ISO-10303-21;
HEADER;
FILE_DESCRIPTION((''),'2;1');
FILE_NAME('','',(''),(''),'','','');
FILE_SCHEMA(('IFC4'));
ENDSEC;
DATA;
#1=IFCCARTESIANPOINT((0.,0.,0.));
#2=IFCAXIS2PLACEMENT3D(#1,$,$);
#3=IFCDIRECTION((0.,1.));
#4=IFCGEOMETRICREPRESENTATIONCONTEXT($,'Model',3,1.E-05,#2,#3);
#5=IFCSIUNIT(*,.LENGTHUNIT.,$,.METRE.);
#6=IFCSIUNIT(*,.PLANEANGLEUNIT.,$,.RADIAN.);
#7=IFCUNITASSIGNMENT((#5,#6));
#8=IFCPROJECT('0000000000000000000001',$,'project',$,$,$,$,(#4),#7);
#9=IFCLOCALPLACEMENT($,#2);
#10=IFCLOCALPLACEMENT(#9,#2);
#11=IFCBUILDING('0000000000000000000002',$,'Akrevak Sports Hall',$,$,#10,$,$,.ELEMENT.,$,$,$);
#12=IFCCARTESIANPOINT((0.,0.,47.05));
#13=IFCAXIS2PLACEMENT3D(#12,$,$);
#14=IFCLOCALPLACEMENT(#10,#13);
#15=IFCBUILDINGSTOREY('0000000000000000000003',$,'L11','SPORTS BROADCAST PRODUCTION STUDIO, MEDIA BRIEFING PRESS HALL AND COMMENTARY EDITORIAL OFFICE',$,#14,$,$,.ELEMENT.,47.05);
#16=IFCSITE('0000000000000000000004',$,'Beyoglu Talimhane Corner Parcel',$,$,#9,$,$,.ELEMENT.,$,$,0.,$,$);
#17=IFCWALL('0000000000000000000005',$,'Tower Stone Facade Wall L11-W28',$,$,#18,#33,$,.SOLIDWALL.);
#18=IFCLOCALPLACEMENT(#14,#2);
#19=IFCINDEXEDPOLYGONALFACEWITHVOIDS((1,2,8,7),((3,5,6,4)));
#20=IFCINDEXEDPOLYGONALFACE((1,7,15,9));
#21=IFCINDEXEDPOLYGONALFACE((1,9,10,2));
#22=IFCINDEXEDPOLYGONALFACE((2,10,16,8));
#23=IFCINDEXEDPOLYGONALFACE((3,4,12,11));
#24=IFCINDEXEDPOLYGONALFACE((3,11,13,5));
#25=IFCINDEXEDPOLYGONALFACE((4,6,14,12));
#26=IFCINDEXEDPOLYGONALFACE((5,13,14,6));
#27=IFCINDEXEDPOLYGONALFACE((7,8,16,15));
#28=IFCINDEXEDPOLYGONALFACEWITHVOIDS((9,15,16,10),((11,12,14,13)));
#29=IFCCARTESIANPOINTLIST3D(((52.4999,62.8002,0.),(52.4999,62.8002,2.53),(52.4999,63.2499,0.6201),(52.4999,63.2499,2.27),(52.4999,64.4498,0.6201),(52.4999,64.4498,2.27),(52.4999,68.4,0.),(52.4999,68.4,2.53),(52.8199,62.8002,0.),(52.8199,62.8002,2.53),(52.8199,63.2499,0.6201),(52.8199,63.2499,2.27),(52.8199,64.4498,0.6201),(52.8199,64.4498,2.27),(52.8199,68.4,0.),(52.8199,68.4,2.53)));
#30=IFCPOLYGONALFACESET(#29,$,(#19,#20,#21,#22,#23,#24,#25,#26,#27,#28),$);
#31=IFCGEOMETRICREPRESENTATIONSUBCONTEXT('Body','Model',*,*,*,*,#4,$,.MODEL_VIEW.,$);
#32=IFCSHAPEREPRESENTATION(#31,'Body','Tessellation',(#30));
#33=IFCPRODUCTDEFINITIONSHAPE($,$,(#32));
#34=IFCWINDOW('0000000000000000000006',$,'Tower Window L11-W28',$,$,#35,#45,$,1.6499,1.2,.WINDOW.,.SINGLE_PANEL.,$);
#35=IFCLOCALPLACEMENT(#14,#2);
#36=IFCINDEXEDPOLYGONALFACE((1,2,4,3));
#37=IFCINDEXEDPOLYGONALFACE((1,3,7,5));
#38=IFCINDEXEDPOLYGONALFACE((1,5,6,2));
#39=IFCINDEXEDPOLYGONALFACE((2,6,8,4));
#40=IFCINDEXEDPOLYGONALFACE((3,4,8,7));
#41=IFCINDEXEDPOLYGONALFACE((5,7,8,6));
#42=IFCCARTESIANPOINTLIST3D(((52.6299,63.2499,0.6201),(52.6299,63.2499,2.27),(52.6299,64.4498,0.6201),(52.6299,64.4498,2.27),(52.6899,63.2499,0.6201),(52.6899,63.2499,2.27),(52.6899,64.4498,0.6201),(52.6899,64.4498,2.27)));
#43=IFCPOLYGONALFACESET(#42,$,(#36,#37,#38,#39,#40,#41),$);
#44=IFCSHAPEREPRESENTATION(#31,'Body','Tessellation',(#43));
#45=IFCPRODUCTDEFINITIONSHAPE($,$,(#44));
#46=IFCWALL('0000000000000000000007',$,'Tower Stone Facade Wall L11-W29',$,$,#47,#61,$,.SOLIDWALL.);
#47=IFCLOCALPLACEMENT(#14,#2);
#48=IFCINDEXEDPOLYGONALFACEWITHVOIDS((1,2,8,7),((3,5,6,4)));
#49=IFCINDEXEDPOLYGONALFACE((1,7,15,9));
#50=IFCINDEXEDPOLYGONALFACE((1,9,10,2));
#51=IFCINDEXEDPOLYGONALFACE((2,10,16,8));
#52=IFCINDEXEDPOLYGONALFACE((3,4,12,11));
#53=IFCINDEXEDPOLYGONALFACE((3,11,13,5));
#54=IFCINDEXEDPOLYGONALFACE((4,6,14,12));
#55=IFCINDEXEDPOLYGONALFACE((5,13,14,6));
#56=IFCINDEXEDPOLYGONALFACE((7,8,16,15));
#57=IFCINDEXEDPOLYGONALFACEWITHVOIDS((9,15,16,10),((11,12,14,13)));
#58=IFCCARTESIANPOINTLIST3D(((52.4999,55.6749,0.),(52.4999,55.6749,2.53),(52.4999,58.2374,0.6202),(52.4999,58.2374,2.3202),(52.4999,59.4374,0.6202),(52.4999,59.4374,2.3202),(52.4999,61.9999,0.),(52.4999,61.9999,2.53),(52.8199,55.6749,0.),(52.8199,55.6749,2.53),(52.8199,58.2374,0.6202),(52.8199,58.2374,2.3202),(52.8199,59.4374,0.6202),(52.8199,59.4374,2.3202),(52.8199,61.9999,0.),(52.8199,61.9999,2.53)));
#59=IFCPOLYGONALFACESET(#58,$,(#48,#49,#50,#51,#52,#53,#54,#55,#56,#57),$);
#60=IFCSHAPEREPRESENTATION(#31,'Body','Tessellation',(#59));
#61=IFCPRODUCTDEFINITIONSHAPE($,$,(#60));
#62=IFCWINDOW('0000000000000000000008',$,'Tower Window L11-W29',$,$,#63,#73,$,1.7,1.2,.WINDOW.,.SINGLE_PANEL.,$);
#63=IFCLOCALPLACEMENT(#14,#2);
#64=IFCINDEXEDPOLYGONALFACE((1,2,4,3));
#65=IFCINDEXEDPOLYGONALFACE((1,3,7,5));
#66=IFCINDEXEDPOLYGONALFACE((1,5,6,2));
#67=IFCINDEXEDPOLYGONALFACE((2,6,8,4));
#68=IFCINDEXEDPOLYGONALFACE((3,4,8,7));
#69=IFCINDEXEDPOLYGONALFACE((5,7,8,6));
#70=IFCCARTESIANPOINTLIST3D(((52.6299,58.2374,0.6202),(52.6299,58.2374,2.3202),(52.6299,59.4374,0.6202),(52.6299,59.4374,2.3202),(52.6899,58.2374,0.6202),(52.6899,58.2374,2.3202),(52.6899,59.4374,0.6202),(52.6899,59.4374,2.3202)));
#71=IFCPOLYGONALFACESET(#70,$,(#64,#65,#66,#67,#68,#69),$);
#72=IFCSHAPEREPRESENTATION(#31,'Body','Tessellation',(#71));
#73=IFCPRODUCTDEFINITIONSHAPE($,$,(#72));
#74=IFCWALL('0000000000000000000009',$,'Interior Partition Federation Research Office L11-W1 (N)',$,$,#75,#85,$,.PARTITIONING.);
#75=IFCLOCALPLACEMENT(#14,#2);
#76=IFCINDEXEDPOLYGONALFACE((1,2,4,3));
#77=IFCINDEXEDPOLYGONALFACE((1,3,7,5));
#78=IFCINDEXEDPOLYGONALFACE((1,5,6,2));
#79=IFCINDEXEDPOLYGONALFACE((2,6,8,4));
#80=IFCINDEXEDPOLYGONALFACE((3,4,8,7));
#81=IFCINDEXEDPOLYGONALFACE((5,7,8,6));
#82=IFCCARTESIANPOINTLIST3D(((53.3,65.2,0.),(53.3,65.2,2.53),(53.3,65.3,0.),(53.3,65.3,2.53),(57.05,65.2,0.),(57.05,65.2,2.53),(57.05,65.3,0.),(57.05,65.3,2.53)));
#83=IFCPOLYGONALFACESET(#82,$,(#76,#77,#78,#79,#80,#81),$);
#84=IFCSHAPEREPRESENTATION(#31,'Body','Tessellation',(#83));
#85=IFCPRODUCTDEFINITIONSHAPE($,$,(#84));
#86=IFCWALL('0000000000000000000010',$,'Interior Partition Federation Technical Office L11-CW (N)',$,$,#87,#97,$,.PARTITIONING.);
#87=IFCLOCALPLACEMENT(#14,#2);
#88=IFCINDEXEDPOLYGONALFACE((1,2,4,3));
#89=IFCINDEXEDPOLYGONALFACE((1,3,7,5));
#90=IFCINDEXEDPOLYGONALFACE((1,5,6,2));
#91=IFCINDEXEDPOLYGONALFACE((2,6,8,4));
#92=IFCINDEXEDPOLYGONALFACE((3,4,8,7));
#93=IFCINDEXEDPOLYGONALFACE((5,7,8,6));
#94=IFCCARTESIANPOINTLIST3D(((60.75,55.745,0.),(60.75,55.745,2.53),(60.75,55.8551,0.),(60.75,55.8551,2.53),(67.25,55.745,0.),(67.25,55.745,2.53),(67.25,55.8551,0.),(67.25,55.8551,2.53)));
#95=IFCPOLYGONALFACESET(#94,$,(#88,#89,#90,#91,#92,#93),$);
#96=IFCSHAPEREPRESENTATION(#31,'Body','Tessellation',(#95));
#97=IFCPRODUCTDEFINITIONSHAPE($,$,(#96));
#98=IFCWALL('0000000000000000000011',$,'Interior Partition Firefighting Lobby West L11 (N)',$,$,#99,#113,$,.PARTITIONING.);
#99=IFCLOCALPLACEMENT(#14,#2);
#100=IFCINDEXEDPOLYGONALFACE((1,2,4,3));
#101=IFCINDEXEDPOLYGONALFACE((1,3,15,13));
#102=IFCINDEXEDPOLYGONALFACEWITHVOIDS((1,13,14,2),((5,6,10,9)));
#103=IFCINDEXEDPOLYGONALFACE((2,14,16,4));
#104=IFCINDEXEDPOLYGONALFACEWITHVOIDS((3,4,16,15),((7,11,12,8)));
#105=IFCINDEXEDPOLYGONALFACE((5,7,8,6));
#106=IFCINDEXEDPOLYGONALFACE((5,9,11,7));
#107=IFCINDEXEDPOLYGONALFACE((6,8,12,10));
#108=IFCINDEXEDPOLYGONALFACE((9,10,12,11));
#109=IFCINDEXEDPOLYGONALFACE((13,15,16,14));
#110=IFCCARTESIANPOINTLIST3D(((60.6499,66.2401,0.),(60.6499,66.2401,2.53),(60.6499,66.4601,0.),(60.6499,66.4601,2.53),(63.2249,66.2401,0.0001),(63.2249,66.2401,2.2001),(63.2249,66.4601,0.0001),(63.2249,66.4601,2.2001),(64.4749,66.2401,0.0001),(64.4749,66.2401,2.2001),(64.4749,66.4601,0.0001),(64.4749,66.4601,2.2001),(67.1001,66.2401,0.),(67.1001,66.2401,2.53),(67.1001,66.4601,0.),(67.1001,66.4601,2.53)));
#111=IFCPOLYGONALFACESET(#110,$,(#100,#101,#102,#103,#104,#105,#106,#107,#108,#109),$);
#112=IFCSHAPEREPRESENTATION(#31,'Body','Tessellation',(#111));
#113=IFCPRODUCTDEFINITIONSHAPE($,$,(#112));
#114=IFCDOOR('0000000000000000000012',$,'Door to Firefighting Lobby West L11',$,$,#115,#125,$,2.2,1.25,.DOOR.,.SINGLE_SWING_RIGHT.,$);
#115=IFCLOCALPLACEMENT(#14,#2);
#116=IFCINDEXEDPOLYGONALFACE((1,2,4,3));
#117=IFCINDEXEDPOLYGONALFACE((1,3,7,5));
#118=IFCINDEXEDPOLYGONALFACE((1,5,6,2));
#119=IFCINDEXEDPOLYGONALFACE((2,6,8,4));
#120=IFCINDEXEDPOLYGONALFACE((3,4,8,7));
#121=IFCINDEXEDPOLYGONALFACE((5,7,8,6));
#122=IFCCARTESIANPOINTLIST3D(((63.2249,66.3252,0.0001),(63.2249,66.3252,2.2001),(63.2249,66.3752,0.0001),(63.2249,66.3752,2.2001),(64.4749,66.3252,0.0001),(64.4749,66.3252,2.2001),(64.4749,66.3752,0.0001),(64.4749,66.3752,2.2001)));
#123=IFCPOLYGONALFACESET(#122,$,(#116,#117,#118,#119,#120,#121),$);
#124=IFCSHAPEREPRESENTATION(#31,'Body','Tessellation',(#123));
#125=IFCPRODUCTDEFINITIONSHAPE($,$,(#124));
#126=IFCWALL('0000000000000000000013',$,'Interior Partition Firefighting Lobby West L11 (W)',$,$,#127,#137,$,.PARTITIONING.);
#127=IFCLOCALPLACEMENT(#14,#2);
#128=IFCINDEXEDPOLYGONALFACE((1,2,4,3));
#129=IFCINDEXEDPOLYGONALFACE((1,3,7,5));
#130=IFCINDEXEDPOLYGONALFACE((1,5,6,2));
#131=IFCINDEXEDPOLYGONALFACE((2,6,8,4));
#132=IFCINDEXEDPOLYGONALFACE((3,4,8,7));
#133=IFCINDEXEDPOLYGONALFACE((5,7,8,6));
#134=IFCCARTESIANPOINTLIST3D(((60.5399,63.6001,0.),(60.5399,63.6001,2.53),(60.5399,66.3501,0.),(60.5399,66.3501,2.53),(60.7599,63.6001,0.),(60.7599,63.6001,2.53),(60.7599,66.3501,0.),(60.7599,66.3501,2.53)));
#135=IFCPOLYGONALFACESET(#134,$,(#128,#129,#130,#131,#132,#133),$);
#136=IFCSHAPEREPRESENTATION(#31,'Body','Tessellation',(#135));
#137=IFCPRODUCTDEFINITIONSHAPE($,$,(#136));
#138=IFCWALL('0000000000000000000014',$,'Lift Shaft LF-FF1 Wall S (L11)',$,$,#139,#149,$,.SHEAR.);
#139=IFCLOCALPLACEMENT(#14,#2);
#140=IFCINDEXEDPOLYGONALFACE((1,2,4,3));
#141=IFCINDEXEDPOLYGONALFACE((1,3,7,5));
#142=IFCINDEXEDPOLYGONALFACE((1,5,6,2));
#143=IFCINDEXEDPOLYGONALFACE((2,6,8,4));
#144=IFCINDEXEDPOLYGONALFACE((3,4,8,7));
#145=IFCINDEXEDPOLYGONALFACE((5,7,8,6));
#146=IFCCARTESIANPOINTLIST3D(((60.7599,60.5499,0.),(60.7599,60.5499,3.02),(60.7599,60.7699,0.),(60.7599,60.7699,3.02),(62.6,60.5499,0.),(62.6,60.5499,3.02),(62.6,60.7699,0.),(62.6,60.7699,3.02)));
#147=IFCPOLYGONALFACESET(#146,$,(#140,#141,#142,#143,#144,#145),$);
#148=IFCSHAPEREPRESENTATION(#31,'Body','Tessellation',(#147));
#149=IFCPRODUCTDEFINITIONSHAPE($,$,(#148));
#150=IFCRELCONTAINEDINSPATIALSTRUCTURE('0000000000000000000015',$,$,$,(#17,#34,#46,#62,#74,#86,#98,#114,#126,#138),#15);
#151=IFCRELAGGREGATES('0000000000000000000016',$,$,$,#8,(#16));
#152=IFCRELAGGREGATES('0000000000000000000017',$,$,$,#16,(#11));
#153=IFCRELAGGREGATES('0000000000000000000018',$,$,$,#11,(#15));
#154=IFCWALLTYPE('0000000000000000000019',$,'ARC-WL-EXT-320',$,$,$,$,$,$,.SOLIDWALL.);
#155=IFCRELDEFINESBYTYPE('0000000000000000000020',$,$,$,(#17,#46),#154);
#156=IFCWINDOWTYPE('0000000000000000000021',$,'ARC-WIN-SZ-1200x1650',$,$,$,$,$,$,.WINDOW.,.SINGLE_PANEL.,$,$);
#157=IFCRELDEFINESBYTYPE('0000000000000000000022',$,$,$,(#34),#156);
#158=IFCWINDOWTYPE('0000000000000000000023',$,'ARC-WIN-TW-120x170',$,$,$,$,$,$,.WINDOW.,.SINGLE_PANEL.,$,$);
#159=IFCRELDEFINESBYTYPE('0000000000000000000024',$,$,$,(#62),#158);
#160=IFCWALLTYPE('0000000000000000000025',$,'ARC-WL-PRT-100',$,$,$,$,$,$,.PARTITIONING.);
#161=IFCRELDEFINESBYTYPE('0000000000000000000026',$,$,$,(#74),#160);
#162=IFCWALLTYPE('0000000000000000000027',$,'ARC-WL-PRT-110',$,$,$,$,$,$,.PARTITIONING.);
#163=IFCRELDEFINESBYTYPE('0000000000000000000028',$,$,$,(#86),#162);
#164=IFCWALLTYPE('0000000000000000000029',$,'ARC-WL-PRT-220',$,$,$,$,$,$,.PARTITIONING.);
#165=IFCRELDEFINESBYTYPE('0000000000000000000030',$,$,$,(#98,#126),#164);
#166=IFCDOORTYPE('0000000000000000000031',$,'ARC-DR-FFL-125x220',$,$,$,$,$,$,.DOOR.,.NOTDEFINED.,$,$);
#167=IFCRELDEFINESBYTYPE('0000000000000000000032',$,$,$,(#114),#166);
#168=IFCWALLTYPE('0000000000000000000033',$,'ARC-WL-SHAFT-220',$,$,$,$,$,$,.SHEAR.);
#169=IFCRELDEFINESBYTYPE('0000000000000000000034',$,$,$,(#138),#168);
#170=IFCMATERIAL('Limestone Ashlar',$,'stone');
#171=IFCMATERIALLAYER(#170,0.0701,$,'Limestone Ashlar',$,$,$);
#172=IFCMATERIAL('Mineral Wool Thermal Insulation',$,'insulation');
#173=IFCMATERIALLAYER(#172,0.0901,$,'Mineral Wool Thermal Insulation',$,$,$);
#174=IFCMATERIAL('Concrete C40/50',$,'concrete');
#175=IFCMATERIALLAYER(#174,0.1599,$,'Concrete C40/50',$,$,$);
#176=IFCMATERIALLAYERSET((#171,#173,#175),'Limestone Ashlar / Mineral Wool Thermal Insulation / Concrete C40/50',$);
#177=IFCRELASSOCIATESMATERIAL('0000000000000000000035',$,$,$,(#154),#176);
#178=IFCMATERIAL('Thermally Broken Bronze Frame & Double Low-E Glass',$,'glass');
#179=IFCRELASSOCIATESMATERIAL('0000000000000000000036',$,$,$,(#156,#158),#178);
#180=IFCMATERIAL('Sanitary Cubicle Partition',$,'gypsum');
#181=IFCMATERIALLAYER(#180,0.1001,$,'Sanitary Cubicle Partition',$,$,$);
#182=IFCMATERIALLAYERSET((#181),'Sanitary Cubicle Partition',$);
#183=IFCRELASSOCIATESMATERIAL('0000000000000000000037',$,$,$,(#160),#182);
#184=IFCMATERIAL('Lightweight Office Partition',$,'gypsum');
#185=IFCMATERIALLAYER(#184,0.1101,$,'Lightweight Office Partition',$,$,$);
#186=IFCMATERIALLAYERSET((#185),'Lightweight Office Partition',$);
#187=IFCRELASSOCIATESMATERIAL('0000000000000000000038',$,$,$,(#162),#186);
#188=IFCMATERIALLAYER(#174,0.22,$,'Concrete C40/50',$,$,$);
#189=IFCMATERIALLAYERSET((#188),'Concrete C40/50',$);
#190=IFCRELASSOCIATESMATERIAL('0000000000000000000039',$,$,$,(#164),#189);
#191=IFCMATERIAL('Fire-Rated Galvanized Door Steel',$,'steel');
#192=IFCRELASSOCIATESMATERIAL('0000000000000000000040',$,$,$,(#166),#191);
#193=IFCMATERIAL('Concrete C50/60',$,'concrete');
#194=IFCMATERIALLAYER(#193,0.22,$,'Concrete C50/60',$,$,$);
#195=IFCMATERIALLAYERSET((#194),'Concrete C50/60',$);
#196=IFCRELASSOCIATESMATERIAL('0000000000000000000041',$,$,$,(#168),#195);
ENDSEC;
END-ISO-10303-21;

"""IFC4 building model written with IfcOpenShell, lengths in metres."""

from ifc_helpers import new_model, si_unit, direction, frame, frame_2d, origin, place, context, subcontext, project, spatial, rectangle, extrude, material, layer, layer_set, type_object, element, fill, save


model = new_model("IFC4")

# Units and contexts
model_context = context("Model", 3, precision=1e-05, world=origin(), true_north=direction((0.0, 1.0)))
body_context = subcontext(model_context, "Body", "Model", "MODEL_VIEW")
ifc_project = project(units=[si_unit("LENGTHUNIT", "METRE"), si_unit("PLANEANGLEUNIT", "RADIAN")], contexts=[model_context])

# Site, building, storey
site_placement = place(None, origin())
site = spatial("IfcSite", under=ifc_project, at=site_placement, Name="Beyoglu Talimhane Corner Parcel", CompositionType="ELEMENT", RefElevation=0.0)
building_placement = place(site_placement, origin())
building = spatial("IfcBuilding", under=site, at=building_placement, Name="Akrevak Sports Hall", CompositionType="ELEMENT")
storey_placement = place(building_placement, frame((0.0, 0.0, 47.05)))
storey = spatial("IfcBuildingStorey", under=building, at=storey_placement, Name="L11", Description="SPORTS BROADCAST PRODUCTION STUDIO, MEDIA BRIEFING PRESS HALL AND COMMENTARY EDITORIAL OFFICE", CompositionType="ELEMENT", Elevation=47.05)

# Shared definitions
ifc_material_1 = material(Name="Concrete C40/50", Category="concrete")

# Shared definitions
ifc_material_2 = material(Name="Limestone Ashlar", Category="stone")
ifc_layer_1 = layer(ifc_material_2, 0.0701, Name="Limestone Ashlar")
ifc_material_3 = material(Name="Mineral Wool Thermal Insulation", Category="insulation")
ifc_layer_2 = layer(ifc_material_3, 0.0901, Name="Mineral Wool Thermal Insulation")
ifc_layer_3 = layer(ifc_material_1, 0.1599, Name="Concrete C40/50")
ifc_layer_set_1 = layer_set([ifc_layer_1, ifc_layer_2, ifc_layer_3], Name="Limestone Ashlar / Mineral Wool Thermal Insulation / Concrete C40/50")
wall_type_1 = type_object("IfcWallType", Name="ARC-WL-EXT-320", PredefinedType="SOLIDWALL", material=ifc_layer_set_1)
ifc_material_4 = material(Name="Thermally Broken Bronze Frame & Double Low-E Glass", Category="glass")

# Walls, openings, windows
wall_1_placement = place(storey_placement, frame((52.6599, 68.3999, 0.0), z_axis=(0.0, 0.0, 1.0), x_axis=(0.0, -1.0, 0.0)))
wall_1 = element("IfcWall", 1, at=wall_1_placement, inside=storey, type_object=wall_type_1, Name="Tower Stone Facade Wall L11-W28", PredefinedType="SOLIDWALL", context=body_context, shape_type="SweptSolid", body=[
    extrude(rectangle(XDim=5.5999, YDim=0.3201, at=frame_2d((2.7998, 0.0))), origin(), (0.0, 0.0, 1.0), 2.53),
])
opening_1_placement = place(wall_1_placement, frame((3.95, 0.0, 0.6201)))
opening_1 = element("IfcOpeningElement", 2, at=opening_1_placement, cuts=wall_1, PredefinedType="OPENING", context=body_context, shape_type="SweptSolid", body=[
    extrude(rectangle(XDim=1.2, YDim=1.6499, at=frame_2d((0.6001, 0.825))), frame((0.0, 0.1719, 0.0), z_axis=(0.0, -1.0, 0.0), x_axis=(1.0, 0.0, 0.0)), (0.0, 0.0, 1.0), 0.344),
])
window_type_1 = type_object("IfcWindowType", Name="ARC-WIN-SZ-1200x1650", PartitioningType="SINGLE_PANEL", PredefinedType="WINDOW", material=ifc_material_4)
window_1_placement = place(opening_1_placement, origin())
window_1 = element("IfcWindow", 3, at=window_1_placement, inside=storey, type_object=window_type_1, Name="Tower Window L11-W28", OverallHeight=1.6499, OverallWidth=1.2, PartitioningType="SINGLE_PANEL", PredefinedType="WINDOW", context=body_context, shape_type="SweptSolid", body=[
    extrude(rectangle(XDim=1.2, YDim=1.6499, at=frame_2d((0.6001, 0.825))), frame((0.0, 0.03, 0.0), z_axis=(0.0, -1.0, 0.0), x_axis=(1.0, 0.0, 0.0)), (0.0, 0.0, 1.0), 0.0601),
])
fill(opening_1, window_1)
wall_2_placement = place(storey_placement, frame((52.6599, 62.0, 0.0), z_axis=(0.0, 0.0, 1.0), x_axis=(0.0, -1.0, 0.0)))
wall_2 = element("IfcWall", 4, at=wall_2_placement, inside=storey, type_object=wall_type_1, Name="Tower Stone Facade Wall L11-W29", PredefinedType="SOLIDWALL", context=body_context, shape_type="SweptSolid", body=[
    extrude(rectangle(XDim=6.325, YDim=0.3201, at=frame_2d((3.1626, 0.0))), origin(), (0.0, 0.0, 1.0), 2.53),
])
opening_2_placement = place(wall_2_placement, frame((2.5625, 0.0, 0.6201)))
opening_2 = element("IfcOpeningElement", 5, at=opening_2_placement, cuts=wall_2, PredefinedType="OPENING", context=body_context, shape_type="SweptSolid", body=[
    extrude(rectangle(XDim=1.2, YDim=1.7, at=frame_2d((0.6001, 0.8501))), frame((0.0, 0.1719, 0.0), z_axis=(0.0, -1.0, 0.0), x_axis=(1.0, 0.0, 0.0)), (0.0, 0.0, 1.0), 0.344),
])
window_type_2 = type_object("IfcWindowType", Name="ARC-WIN-TW-120x170", PartitioningType="SINGLE_PANEL", PredefinedType="WINDOW", material=ifc_material_4)
window_2_placement = place(opening_2_placement, origin())
window_2 = element("IfcWindow", 6, at=window_2_placement, inside=storey, type_object=window_type_2, Name="Tower Window L11-W29", OverallHeight=1.7, OverallWidth=1.2, PartitioningType="SINGLE_PANEL", PredefinedType="WINDOW", context=body_context, shape_type="SweptSolid", body=[
    extrude(rectangle(XDim=1.2, YDim=1.7, at=frame_2d((0.6001, 0.8501))), frame((0.0, 0.03, 0.0), z_axis=(0.0, -1.0, 0.0), x_axis=(1.0, 0.0, 0.0)), (0.0, 0.0, 1.0), 0.0601),
])
fill(opening_2, window_2)

# Walls
ifc_material_5 = material(Name="Sanitary Cubicle Partition", Category="gypsum")
ifc_layer_4 = layer(ifc_material_5, 0.1001, Name="Sanitary Cubicle Partition")
ifc_layer_set_2 = layer_set([ifc_layer_4], Name="Sanitary Cubicle Partition")
wall_type_2 = type_object("IfcWallType", Name="ARC-WL-PRT-100", PredefinedType="PARTITIONING", material=ifc_layer_set_2)
wall_3_placement = place(storey_placement, frame((53.3, 65.25, 0.0), z_axis=(0.0, 0.0, 1.0), x_axis=(1.0, 0.0, 0.0)))
element("IfcWall", 7, at=wall_3_placement, inside=storey, type_object=wall_type_2, Name="Interior Partition Federation Research Office L11-W1 (N)", PredefinedType="PARTITIONING", context=body_context, shape_type="SweptSolid", body=[
    extrude(rectangle(XDim=3.75, YDim=0.1001, at=frame_2d((1.875, 0.0))), origin(), (0.0, 0.0, 1.0), 2.53),
])
ifc_material_6 = material(Name="Lightweight Office Partition", Category="gypsum")
ifc_layer_5 = layer(ifc_material_6, 0.1101, Name="Lightweight Office Partition")
ifc_layer_set_3 = layer_set([ifc_layer_5], Name="Lightweight Office Partition")
wall_type_3 = type_object("IfcWallType", Name="ARC-WL-PRT-110", PredefinedType="PARTITIONING", material=ifc_layer_set_3)
wall_4_placement = place(storey_placement, frame((60.75, 55.8, 0.0), z_axis=(0.0, 0.0, 1.0), x_axis=(1.0, 0.0, 0.0)))
element("IfcWall", 8, at=wall_4_placement, inside=storey, type_object=wall_type_3, Name="Interior Partition Federation Technical Office L11-CW (N)", PredefinedType="PARTITIONING", context=body_context, shape_type="SweptSolid", body=[
    extrude(rectangle(XDim=6.5, YDim=0.1101, at=frame_2d((3.25, 0.0))), origin(), (0.0, 0.0, 1.0), 2.53),
])

# Wall, opening, door
ifc_layer_6 = layer(ifc_material_1, 0.22, Name="Concrete C40/50")
ifc_layer_set_4 = layer_set([ifc_layer_6], Name="Concrete C40/50")
wall_type_4 = type_object("IfcWallType", Name="ARC-WL-PRT-220", PredefinedType="PARTITIONING", material=ifc_layer_set_4)
wall_5_placement = place(storey_placement, frame((60.6499, 66.3501, 0.0), z_axis=(0.0, 0.0, 1.0), x_axis=(1.0, 0.0, 0.0)))
wall_5 = element("IfcWall", 9, at=wall_5_placement, inside=storey, type_object=wall_type_4, Name="Interior Partition Firefighting Lobby West L11 (N)", PredefinedType="PARTITIONING", context=body_context, shape_type="SweptSolid", body=[
    extrude(rectangle(XDim=6.4502, YDim=0.22, at=frame_2d((3.2251, 0.0))), origin(), (0.0, 0.0, 1.0), 2.53),
])
opening_3_placement = place(wall_5_placement, frame((2.575, 0.0, 0.0)))
opening_3 = element("IfcOpeningElement", 10, at=opening_3_placement, cuts=wall_5, PredefinedType="OPENING", context=body_context, shape_type="SweptSolid", body=[
    extrude(rectangle(XDim=1.25, YDim=2.2, at=frame_2d((0.625, 1.1001))), frame((0.0, 0.1221, 0.0), z_axis=(0.0, -1.0, 0.0), x_axis=(1.0, 0.0, 0.0)), (0.0, 0.0, 1.0), 0.2439),
])
ifc_material_7 = material(Name="Fire-Rated Galvanized Door Steel", Category="steel")
door_type_1 = type_object("IfcDoorType", Name="ARC-DR-FFL-125x220", OperationType="NOTDEFINED", PredefinedType="DOOR", material=ifc_material_7)
door_1_placement = place(opening_3_placement, frame((1.25, 0.0, 0.0), z_axis=(0.0, 0.0, 1.0), x_axis=(-1.0, 0.0, 0.0)))
door_1 = element("IfcDoor", 11, at=door_1_placement, inside=storey, type_object=door_type_1, Name="Door to Firefighting Lobby West L11", OperationType="SINGLE_SWING_RIGHT", OverallHeight=2.2, OverallWidth=1.25, PredefinedType="DOOR", context=body_context, shape_type="SweptSolid", body=[
    extrude(rectangle(XDim=1.25, YDim=2.2, at=frame_2d((0.625, 1.1001))), frame((0.0, 0.0249, 0.0), z_axis=(0.0, -1.0, 0.0), x_axis=(1.0, 0.0, 0.0)), (0.0, 0.0, 1.0), 0.05),
])
fill(opening_3, door_1)

# Walls
wall_6_placement = place(storey_placement, frame((60.6499, 63.6001, 0.0), z_axis=(0.0, 0.0, 1.0), x_axis=(0.0, 1.0, 0.0)))
element("IfcWall", 12, at=wall_6_placement, inside=storey, type_object=wall_type_4, Name="Interior Partition Firefighting Lobby West L11 (W)", PredefinedType="PARTITIONING", context=body_context, shape_type="SweptSolid", body=[
    extrude(rectangle(XDim=2.75, YDim=0.22, at=frame_2d((1.375, 0.0))), origin(), (0.0, 0.0, 1.0), 2.53),
])
ifc_material_8 = material(Name="Concrete C50/60", Category="concrete")
ifc_layer_7 = layer(ifc_material_8, 0.22, Name="Concrete C50/60")
ifc_layer_set_5 = layer_set([ifc_layer_7], Name="Concrete C50/60")
wall_type_5 = type_object("IfcWallType", Name="ARC-WL-SHAFT-220", PredefinedType="SHEAR", material=ifc_layer_set_5)
wall_7_placement = place(storey_placement, frame((60.76, 60.6599, 0.0), z_axis=(0.0, 0.0, 1.0), x_axis=(1.0, 0.0, 0.0)))
element("IfcWall", 13, at=wall_7_placement, inside=storey, type_object=wall_type_5, Name="Lift Shaft LF-FF1 Wall S (L11)", PredefinedType="SHEAR", context=body_context, shape_type="SweptSolid", body=[
    extrude(rectangle(XDim=1.8401, YDim=0.22, at=frame_2d((0.9199, 0.0))), origin(), (0.0, 0.0, 1.0), 3.02),
])

save(model, "model.ifc")
